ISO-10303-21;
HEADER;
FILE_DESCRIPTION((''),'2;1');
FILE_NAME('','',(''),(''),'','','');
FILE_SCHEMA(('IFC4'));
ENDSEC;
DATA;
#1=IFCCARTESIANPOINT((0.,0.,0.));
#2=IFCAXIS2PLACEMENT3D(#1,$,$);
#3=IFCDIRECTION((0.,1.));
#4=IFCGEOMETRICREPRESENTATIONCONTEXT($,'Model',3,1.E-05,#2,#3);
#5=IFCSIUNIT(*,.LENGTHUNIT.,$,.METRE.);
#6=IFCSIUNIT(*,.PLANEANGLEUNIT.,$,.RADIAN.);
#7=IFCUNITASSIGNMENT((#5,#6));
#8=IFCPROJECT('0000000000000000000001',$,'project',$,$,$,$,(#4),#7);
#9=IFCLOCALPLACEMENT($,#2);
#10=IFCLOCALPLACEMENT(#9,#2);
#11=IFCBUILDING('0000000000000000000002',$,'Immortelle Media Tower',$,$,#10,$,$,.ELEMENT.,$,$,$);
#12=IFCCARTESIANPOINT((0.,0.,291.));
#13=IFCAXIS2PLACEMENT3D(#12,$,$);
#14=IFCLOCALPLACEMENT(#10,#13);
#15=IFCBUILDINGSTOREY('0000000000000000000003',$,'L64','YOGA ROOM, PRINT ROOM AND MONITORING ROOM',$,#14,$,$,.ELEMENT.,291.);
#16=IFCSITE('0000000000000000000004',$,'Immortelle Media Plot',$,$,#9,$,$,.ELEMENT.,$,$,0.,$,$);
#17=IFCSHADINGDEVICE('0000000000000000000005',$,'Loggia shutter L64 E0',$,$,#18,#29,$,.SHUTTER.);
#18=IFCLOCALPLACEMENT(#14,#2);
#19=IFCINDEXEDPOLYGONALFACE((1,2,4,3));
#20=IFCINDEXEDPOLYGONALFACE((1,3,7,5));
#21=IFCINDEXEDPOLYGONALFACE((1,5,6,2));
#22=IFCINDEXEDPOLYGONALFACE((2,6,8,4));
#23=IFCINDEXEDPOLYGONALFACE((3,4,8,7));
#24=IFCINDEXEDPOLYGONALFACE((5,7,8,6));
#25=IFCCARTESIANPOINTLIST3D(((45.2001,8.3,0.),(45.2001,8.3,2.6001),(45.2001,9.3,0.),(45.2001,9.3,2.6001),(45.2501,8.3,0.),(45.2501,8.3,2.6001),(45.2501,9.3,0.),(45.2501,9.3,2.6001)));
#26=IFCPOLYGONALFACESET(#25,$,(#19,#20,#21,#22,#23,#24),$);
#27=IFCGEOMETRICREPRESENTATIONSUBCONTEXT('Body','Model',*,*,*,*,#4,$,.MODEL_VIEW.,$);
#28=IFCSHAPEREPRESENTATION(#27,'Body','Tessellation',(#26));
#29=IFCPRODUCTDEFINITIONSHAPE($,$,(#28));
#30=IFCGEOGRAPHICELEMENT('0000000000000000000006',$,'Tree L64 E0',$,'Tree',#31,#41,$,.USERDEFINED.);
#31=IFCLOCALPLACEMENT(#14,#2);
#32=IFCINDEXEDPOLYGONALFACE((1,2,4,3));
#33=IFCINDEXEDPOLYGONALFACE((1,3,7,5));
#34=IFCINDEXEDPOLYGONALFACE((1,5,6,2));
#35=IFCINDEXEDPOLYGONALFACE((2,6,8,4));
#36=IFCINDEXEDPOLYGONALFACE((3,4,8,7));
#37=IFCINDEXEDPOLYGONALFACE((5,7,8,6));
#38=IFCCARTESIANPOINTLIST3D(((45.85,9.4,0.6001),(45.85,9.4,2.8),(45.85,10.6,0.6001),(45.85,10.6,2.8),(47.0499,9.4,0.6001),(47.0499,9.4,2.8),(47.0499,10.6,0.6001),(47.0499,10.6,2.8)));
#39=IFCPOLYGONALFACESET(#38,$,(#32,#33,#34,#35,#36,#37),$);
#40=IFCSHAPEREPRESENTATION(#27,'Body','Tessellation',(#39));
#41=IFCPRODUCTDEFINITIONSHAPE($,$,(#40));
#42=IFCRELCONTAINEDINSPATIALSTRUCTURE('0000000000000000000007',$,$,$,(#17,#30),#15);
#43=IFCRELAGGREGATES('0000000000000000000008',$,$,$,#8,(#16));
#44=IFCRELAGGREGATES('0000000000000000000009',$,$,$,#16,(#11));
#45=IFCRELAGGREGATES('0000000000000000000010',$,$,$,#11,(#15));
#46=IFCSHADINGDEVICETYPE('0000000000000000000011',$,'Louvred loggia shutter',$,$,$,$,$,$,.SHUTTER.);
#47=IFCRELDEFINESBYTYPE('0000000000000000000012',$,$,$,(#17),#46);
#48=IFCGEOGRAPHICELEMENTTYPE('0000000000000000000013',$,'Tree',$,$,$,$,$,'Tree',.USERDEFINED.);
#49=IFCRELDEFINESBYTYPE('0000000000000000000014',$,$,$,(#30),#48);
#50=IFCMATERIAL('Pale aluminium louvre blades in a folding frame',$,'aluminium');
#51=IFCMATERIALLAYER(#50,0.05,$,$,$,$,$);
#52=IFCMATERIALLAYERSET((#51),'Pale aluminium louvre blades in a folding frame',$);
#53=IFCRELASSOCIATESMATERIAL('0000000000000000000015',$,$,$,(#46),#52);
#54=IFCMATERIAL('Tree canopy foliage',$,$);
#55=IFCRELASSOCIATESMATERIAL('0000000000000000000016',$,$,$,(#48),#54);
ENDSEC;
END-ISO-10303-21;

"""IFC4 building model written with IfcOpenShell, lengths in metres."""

from ifc_helpers import new_model, si_unit, direction, frame, origin, origin_2d, place, context, subcontext, project, spatial, rectangle, extrude, material, layer, layer_set, type_object, element, save


model = new_model("IFC4")

# Units and contexts
model_context = context("Model", 3, precision=1e-05, world=origin(), true_north=direction((0.0, 1.0)))
body_context = subcontext(model_context, "Body", "Model", "MODEL_VIEW")
ifc_project = project(units=[si_unit("LENGTHUNIT", "METRE"), si_unit("PLANEANGLEUNIT", "RADIAN")], contexts=[model_context])

# Site, building, storey
site_placement = place(None, origin())
site = spatial("IfcSite", under=ifc_project, at=site_placement, Name="Immortelle Media Plot", CompositionType="ELEMENT", RefElevation=0.0)
building_placement = place(site_placement, origin())
building = spatial("IfcBuilding", under=site, at=building_placement, Name="Immortelle Media Tower", CompositionType="ELEMENT")
storey_placement = place(building_placement, frame((0.0, 0.0, 291.0)))
storey = spatial("IfcBuildingStorey", under=building, at=storey_placement, Name="L64", Description="YOGA ROOM, PRINT ROOM AND MONITORING ROOM", CompositionType="ELEMENT", Elevation=291.0)

# Shading device
ifc_material_1 = material(Name="Pale aluminium louvre blades in a folding frame", Category="aluminium")
ifc_layer_1 = layer(ifc_material_1, 0.05)
ifc_layer_set_1 = layer_set([ifc_layer_1], Name="Pale aluminium louvre blades in a folding frame")
shading_device_type = type_object("IfcShadingDeviceType", Name="Louvred loggia shutter", PredefinedType="SHUTTER", material=ifc_layer_set_1)
shading_device_placement = place(storey_placement, frame((45.2251, 8.8, 0.0), z_axis=(0.0, 0.0, 1.0), x_axis=(0.0, 1.0, 0.0)))
element("IfcShadingDevice", 1, at=shading_device_placement, inside=storey, type_object=shading_device_type, Name="Loggia shutter L64 E0", PredefinedType="SHUTTER", context=body_context, shape_type="SweptSolid", body=[
    extrude(rectangle(XDim=1.0, YDim=0.05, at=origin_2d()), origin(), (0.0, 0.0, 1.0), 2.6001),
])

# Geographic element
ifc_material_2 = material(Name="Tree canopy foliage")
geographic_element_type = type_object("IfcGeographicElementType", Name="Tree", ElementType="Tree", PredefinedType="USERDEFINED", material=ifc_material_2)
geographic_element_placement = place(storey_placement, frame((46.45, 10.0, 0.6001), z_axis=(0.0, 0.0, 1.0), x_axis=(1.0, 0.0, 0.0)))
element("IfcGeographicElement", 2, at=geographic_element_placement, inside=storey, type_object=geographic_element_type, Name="Tree L64 E0", ObjectType="Tree", PredefinedType="USERDEFINED", context=body_context, shape_type="SweptSolid", body=[
    extrude(rectangle(XDim=1.2, YDim=1.2, at=origin_2d()), origin(), (0.0, 0.0, 1.0), 2.2),
])

save(model, "model.ifc")
